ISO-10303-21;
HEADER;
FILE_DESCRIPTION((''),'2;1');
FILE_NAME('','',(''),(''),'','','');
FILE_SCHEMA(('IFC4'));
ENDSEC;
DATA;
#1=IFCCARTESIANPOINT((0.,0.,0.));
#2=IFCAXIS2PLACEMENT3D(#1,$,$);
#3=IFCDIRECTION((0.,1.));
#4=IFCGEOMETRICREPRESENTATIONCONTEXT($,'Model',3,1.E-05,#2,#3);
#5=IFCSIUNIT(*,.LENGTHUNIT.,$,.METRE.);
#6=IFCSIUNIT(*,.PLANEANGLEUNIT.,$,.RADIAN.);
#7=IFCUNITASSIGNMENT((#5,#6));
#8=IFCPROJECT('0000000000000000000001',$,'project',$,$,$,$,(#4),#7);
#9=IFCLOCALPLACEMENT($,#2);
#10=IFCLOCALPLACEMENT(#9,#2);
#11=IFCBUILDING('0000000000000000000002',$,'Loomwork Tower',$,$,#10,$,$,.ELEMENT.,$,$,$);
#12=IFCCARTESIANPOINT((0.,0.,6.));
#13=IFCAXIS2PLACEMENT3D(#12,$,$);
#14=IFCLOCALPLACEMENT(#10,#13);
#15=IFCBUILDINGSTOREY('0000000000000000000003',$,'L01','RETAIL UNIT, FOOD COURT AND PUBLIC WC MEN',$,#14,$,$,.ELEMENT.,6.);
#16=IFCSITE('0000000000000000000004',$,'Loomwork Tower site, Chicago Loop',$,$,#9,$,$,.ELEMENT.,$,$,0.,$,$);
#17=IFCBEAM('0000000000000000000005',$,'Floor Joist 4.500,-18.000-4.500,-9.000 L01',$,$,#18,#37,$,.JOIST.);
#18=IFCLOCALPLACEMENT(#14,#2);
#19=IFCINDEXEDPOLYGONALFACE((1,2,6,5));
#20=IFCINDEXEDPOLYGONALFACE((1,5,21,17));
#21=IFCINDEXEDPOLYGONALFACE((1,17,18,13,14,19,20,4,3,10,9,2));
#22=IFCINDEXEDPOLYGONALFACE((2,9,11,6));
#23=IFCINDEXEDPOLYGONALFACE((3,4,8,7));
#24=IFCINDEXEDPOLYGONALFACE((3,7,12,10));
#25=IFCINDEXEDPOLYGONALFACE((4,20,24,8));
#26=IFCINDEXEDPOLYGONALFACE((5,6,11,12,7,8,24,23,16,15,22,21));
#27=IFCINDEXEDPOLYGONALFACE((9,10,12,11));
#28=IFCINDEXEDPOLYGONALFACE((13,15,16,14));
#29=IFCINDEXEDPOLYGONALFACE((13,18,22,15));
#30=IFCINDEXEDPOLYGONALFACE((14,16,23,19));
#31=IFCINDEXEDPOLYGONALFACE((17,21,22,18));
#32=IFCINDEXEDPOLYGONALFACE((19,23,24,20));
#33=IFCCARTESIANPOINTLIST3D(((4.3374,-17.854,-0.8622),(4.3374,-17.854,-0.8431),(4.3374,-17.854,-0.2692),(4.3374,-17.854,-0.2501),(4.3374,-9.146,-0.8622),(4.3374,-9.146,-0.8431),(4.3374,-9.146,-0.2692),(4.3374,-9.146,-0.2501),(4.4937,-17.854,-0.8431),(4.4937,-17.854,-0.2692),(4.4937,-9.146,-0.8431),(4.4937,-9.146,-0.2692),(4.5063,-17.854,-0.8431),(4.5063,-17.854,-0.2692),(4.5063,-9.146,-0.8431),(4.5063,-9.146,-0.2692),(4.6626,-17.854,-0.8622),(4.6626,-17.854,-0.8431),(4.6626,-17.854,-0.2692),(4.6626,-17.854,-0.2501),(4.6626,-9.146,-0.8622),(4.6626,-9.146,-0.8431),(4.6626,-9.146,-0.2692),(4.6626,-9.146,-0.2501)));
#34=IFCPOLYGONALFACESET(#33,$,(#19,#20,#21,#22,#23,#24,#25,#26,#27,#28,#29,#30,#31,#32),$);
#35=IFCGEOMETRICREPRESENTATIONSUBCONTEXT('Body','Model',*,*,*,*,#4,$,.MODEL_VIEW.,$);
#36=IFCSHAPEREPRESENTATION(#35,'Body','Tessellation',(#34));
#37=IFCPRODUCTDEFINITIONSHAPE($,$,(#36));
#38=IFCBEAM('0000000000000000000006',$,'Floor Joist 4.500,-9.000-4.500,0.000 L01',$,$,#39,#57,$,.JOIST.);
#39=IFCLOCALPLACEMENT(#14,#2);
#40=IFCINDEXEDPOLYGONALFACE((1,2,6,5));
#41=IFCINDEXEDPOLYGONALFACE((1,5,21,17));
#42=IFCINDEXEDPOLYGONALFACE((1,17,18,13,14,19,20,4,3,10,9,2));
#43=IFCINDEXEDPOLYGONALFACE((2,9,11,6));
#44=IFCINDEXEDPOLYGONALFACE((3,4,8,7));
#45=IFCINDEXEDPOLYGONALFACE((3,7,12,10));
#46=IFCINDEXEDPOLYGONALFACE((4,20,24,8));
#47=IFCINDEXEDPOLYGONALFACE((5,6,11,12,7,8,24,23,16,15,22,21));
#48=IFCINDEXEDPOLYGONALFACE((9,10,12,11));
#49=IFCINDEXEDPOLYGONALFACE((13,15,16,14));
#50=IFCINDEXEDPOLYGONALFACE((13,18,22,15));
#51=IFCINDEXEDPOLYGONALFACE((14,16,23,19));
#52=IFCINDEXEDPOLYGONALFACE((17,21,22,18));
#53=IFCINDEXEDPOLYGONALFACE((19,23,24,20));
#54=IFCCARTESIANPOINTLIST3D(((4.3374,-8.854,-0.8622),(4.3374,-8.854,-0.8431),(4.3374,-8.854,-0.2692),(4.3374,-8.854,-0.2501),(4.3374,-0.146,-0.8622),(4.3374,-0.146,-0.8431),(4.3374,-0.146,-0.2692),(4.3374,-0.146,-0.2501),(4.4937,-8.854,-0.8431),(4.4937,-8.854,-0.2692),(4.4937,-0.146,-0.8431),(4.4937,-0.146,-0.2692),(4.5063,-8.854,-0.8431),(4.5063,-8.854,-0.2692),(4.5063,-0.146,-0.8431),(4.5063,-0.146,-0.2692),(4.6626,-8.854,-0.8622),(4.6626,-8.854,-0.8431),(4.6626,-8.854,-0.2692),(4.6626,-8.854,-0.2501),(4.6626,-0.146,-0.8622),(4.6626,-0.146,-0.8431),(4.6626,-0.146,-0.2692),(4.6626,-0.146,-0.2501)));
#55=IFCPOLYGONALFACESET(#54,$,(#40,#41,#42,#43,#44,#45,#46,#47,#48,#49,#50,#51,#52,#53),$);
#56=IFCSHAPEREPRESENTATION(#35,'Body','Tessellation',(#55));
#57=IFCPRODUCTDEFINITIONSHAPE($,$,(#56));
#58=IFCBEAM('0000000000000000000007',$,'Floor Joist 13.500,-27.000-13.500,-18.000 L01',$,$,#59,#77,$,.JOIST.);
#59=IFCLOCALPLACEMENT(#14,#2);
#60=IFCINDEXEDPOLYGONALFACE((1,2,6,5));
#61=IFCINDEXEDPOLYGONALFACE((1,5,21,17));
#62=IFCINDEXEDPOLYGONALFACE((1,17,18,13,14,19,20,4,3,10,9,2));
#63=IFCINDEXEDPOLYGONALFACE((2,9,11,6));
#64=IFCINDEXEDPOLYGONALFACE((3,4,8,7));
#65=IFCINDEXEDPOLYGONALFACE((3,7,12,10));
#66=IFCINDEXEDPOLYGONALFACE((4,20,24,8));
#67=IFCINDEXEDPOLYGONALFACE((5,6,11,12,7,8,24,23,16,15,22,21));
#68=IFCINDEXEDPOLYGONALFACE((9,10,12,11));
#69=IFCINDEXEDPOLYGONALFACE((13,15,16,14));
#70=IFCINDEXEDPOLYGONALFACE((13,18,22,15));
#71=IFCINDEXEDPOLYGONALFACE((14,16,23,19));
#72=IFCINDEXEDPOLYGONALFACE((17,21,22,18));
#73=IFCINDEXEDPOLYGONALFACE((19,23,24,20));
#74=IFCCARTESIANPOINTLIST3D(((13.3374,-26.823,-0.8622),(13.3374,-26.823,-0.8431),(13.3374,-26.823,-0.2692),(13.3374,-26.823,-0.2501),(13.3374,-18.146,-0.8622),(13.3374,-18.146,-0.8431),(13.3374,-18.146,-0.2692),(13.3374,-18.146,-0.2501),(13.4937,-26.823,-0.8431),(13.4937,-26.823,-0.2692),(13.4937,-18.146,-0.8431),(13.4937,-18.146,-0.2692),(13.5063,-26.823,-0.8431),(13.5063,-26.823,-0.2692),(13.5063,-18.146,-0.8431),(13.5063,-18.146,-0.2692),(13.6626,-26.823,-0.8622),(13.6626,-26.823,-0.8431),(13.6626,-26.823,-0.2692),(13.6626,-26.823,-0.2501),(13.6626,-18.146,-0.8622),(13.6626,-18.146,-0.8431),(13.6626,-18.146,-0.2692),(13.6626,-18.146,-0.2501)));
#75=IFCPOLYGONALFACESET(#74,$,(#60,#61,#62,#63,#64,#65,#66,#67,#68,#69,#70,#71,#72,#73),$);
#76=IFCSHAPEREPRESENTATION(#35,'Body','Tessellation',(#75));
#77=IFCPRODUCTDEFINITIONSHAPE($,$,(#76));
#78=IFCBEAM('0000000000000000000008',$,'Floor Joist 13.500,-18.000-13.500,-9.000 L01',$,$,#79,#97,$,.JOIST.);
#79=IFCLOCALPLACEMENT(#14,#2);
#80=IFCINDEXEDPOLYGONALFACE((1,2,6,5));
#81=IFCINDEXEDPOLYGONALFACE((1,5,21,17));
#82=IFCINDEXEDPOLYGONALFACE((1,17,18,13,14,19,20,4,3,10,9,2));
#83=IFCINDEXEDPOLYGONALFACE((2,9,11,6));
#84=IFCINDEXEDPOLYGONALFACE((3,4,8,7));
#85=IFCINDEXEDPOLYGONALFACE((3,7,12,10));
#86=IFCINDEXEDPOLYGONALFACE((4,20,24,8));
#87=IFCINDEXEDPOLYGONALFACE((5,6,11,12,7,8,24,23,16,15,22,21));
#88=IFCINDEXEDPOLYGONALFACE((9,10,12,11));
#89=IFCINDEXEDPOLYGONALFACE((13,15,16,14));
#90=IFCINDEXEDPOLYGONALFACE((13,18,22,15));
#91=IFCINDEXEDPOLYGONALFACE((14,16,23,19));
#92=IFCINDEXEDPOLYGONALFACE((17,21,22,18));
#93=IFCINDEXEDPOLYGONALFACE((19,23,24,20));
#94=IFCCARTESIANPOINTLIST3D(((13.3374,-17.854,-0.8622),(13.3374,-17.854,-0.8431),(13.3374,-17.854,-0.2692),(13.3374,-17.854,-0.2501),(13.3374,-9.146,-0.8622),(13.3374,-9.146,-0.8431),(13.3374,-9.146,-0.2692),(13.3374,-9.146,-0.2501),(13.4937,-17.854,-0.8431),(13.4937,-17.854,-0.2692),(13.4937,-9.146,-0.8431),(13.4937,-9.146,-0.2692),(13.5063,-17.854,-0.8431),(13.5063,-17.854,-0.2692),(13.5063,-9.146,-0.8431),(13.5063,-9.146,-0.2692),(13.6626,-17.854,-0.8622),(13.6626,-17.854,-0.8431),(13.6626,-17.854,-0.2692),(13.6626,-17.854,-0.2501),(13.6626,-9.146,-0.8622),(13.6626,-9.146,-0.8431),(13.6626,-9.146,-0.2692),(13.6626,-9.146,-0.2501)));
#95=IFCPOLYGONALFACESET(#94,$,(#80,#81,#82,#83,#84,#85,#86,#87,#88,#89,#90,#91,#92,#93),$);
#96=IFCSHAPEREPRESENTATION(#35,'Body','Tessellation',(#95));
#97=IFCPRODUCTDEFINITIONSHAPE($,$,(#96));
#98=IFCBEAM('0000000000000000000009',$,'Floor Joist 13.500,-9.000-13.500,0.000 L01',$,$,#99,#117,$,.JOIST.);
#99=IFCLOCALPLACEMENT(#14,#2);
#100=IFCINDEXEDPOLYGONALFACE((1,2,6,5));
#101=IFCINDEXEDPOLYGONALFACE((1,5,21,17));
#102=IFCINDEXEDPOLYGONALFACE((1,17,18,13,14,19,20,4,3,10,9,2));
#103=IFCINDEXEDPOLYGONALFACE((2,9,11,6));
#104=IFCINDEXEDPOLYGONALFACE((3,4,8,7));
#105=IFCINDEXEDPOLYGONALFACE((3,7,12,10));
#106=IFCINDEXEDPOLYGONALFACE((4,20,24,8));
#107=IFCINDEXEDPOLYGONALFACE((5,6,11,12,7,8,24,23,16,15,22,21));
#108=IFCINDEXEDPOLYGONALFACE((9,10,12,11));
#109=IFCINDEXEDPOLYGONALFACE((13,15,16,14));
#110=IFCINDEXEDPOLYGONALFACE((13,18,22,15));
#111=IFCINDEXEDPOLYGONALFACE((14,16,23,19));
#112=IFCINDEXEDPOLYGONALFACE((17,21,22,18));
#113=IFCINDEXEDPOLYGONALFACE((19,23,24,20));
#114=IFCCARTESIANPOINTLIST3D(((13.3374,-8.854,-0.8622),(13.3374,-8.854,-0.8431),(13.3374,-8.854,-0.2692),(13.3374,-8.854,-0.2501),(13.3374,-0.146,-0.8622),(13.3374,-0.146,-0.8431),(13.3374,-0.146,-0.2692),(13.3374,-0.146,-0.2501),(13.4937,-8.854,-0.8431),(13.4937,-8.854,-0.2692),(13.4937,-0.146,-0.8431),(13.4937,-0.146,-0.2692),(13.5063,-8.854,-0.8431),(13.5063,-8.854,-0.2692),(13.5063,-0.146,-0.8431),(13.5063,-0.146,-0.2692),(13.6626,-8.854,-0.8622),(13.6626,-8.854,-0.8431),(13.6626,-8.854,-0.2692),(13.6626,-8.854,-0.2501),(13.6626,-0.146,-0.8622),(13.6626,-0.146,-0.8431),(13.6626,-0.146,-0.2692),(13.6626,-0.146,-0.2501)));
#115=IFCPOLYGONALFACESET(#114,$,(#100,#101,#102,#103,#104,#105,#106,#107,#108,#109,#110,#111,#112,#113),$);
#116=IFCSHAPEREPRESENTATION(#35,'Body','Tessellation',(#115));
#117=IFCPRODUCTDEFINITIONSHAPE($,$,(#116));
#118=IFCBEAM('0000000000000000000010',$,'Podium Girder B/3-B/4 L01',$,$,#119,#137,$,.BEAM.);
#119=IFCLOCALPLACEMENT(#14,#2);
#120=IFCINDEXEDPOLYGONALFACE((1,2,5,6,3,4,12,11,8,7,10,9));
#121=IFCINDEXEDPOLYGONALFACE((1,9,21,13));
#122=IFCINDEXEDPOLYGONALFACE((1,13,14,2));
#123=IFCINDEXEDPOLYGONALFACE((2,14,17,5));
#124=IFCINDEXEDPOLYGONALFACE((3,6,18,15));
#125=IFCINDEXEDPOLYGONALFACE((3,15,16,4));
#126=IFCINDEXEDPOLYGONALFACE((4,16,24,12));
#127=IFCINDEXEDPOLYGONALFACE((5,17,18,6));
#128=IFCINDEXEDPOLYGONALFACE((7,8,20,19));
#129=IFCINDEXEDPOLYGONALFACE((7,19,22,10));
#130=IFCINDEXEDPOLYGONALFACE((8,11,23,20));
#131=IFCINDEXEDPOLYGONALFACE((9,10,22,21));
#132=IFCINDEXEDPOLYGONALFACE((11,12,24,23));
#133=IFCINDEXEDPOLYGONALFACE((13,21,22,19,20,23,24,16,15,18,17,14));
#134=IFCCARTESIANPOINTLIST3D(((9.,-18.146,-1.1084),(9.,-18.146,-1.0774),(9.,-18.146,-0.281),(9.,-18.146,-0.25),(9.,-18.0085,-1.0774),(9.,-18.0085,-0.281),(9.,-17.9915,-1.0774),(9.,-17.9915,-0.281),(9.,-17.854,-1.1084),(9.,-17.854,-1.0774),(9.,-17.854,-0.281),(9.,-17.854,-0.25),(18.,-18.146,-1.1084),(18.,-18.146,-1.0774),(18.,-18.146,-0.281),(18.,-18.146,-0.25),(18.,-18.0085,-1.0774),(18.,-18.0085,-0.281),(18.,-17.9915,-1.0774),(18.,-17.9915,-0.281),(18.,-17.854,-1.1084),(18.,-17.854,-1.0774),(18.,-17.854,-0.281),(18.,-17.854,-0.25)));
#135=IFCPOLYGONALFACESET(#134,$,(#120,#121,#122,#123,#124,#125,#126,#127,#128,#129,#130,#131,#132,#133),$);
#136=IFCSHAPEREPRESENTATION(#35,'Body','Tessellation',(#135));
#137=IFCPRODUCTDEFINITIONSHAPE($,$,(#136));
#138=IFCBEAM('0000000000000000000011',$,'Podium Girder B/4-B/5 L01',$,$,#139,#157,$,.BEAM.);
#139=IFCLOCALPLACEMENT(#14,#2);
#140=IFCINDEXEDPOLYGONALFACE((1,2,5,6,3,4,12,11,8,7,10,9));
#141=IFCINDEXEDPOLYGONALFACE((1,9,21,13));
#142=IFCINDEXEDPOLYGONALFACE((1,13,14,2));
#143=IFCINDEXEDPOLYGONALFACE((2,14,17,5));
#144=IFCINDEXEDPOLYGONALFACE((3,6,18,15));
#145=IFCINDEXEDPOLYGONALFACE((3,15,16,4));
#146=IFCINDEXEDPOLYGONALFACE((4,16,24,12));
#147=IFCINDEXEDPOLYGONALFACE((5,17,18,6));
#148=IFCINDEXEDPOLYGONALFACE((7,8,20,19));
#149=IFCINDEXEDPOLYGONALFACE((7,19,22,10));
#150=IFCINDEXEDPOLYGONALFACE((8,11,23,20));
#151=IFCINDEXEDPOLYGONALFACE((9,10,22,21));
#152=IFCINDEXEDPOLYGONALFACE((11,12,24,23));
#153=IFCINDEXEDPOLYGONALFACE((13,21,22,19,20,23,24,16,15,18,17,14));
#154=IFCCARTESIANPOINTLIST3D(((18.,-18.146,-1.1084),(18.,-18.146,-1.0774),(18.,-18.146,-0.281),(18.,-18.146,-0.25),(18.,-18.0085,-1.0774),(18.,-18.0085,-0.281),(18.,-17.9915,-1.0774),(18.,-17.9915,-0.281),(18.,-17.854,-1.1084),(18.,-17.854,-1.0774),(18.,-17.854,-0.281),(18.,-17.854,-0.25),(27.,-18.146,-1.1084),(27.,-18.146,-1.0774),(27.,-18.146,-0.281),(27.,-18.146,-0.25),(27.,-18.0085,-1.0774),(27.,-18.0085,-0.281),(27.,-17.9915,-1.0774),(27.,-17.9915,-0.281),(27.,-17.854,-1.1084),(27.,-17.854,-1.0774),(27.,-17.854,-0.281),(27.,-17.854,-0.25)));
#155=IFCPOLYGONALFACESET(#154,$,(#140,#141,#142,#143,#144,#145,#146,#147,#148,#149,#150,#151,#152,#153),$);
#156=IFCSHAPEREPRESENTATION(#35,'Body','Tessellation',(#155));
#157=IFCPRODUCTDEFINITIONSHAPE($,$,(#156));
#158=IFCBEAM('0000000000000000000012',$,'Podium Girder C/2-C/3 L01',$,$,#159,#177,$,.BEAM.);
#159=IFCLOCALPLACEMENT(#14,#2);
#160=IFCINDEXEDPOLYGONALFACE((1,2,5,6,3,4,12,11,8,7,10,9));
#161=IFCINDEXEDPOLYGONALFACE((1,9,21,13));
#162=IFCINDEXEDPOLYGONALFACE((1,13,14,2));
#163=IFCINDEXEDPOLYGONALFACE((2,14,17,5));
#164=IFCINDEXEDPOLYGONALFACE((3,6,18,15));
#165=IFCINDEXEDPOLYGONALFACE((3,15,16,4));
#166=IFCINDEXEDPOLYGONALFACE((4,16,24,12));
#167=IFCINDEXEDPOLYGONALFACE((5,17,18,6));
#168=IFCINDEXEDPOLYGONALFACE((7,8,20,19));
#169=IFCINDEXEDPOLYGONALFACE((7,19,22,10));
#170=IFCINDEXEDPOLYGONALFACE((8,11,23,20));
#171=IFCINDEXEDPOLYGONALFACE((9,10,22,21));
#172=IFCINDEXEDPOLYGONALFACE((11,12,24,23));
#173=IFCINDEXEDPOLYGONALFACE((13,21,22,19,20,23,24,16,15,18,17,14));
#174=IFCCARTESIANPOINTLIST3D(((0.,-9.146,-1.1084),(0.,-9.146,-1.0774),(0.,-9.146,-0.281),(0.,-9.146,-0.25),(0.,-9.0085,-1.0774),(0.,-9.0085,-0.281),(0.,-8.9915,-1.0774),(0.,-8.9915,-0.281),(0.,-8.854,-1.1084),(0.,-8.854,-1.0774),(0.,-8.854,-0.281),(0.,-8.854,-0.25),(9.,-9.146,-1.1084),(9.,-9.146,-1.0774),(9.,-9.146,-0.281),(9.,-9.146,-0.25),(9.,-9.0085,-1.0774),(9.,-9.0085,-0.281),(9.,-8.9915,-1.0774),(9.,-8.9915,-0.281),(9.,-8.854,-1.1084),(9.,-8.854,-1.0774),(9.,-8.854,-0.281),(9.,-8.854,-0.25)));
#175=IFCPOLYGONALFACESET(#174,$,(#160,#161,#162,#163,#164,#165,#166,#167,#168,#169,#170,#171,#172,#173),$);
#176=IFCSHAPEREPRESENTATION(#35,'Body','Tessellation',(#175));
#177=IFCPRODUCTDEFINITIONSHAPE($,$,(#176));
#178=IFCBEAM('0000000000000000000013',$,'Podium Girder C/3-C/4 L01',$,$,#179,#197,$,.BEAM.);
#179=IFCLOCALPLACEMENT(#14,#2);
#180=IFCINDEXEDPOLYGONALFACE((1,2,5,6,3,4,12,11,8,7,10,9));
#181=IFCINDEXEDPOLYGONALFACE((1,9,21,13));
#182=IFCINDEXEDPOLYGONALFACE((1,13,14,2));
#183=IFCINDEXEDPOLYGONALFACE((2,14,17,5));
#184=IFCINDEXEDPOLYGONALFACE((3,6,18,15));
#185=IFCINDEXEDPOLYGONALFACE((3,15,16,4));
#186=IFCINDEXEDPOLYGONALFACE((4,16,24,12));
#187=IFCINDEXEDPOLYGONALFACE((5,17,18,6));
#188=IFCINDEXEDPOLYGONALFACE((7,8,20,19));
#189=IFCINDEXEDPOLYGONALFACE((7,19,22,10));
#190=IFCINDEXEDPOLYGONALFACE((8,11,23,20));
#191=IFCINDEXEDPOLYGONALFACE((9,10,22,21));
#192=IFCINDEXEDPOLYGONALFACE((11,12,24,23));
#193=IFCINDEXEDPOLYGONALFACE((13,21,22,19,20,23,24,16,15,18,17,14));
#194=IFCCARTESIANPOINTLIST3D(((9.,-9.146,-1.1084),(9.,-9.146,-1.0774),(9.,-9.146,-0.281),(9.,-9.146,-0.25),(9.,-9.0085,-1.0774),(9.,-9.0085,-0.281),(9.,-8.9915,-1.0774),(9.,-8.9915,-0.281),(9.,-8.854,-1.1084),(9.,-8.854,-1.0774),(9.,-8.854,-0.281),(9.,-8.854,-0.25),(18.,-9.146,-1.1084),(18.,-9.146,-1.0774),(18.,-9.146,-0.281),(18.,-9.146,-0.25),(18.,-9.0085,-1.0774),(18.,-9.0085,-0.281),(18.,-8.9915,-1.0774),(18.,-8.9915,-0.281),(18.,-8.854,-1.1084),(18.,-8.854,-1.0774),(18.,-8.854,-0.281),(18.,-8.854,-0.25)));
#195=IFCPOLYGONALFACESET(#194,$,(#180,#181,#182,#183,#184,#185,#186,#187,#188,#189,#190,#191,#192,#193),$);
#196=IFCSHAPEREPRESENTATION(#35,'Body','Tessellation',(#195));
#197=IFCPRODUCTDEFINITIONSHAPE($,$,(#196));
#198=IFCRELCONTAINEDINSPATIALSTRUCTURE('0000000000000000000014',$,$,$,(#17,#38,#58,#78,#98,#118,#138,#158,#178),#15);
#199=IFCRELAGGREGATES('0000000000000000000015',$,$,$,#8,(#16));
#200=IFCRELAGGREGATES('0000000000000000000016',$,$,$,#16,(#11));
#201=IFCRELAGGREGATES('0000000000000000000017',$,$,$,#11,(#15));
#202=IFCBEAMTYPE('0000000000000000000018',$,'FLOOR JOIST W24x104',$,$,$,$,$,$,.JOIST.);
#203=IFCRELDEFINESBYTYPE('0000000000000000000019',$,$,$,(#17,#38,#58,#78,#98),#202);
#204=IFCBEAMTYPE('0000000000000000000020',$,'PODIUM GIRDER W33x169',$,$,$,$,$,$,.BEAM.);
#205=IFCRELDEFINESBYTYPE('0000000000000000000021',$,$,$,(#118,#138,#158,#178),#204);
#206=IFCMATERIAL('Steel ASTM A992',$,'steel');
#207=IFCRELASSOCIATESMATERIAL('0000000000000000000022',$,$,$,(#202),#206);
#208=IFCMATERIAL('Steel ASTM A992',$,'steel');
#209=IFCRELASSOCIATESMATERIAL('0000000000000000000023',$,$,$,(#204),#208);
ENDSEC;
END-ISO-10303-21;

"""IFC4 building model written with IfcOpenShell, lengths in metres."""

from ifc_helpers import new_model, si_unit, direction, frame, origin, origin_2d, place, context, subcontext, project, spatial, i_section, extrude, material, material_profile, profile_set, type_object, element, save


model = new_model("IFC4")

# Units and contexts
model_context = context("Model", 3, precision=1e-05, world=origin(), true_north=direction((0.0, 1.0)))
body_context = subcontext(model_context, "Body", "Model", "MODEL_VIEW")
ifc_project = project(units=[si_unit("LENGTHUNIT", "METRE"), si_unit("PLANEANGLEUNIT", "RADIAN")], contexts=[model_context])

# Site, building, storey
site_placement = place(None, origin())
site = spatial("IfcSite", under=ifc_project, at=site_placement, Name="Loomwork Tower site, Chicago Loop", CompositionType="ELEMENT", RefElevation=0.0)
building_placement = place(site_placement, origin())
building = spatial("IfcBuilding", under=site, at=building_placement, Name="Loomwork Tower", CompositionType="ELEMENT")
storey_placement = place(building_placement, frame((0.0, 0.0, 6.0)))
storey = spatial("IfcBuildingStorey", under=building, at=storey_placement, Name="L01", Description="RETAIL UNIT, FOOD COURT AND PUBLIC WC MEN", CompositionType="ELEMENT", Elevation=6.0)

# Beams
ifc_material_1 = material(Name="Steel ASTM A992", Category="steel")
ifc_material_profile_1 = material_profile(ifc_material_1, i_section(OverallWidth=0.3252, OverallDepth=0.6121, WebThickness=0.0127, FlangeThickness=0.019, at=origin_2d()), Name="W24x104")
ifc_profile_set_1 = profile_set([ifc_material_profile_1], Name="Steel ASTM A992")
beam_type_1 = type_object("IfcBeamType", Name="FLOOR JOIST W24x104", PredefinedType="JOIST", material=ifc_profile_set_1)
for number, where, z_axis, x_axis, name in (
    (1, (4.5, -17.854, -0.5562), (0.0, 1.0, 0.0), (-1.0, 0.0, 0.0), "Floor Joist 4.500,-18.000-4.500,-9.000 L01"),
    (2, (4.5, -8.854, -0.5562), (0.0, 1.0, 0.0), (-1.0, 0.0, 0.0), "Floor Joist 4.500,-9.000-4.500,0.000 L01"),
):
    element("IfcBeam", number, at=place(storey_placement, frame(where, z_axis=z_axis, x_axis=x_axis)), inside=storey, type_object=beam_type_1, Name=name, PredefinedType="JOIST", context=body_context, shape_type="SweptSolid", body=[
        extrude(i_section(OverallWidth=0.3252, OverallDepth=0.6121, WebThickness=0.0127, FlangeThickness=0.019, at=origin_2d()), origin(), (0.0, 0.0, 1.0), 8.708),
    ])
beam_1_placement = place(storey_placement, frame((13.5, -26.823, -0.5562), z_axis=(0.0, 1.0, 0.0), x_axis=(-1.0, 0.0, 0.0)))
element("IfcBeam", 3, at=beam_1_placement, inside=storey, type_object=beam_type_1, Name="Floor Joist 13.500,-27.000-13.500,-18.000 L01", PredefinedType="JOIST", context=body_context, shape_type="SweptSolid", body=[
    extrude(i_section(OverallWidth=0.3252, OverallDepth=0.6121, WebThickness=0.0127, FlangeThickness=0.019, at=origin_2d()), origin(), (0.0, 0.0, 1.0), 8.677),
])
for number, where, z_axis, x_axis, name in (
    (4, (13.5, -17.854, -0.5562), (0.0, 1.0, 0.0), (-1.0, 0.0, 0.0), "Floor Joist 13.500,-18.000-13.500,-9.000 L01"),
    (5, (13.5, -8.854, -0.5562), (0.0, 1.0, 0.0), (-1.0, 0.0, 0.0), "Floor Joist 13.500,-9.000-13.500,0.000 L01"),
):
    element("IfcBeam", number, at=place(storey_placement, frame(where, z_axis=z_axis, x_axis=x_axis)), inside=storey, type_object=beam_type_1, Name=name, PredefinedType="JOIST", context=body_context, shape_type="SweptSolid", body=[
        extrude(i_section(OverallWidth=0.3252, OverallDepth=0.6121, WebThickness=0.0127, FlangeThickness=0.019, at=origin_2d()), origin(), (0.0, 0.0, 1.0), 8.708),
    ])
ifc_material_2 = material(Name="Steel ASTM A992", Category="steel")
ifc_material_profile_2 = material_profile(ifc_material_2, i_section(OverallWidth=0.292, OverallDepth=0.8584, WebThickness=0.0171, FlangeThickness=0.031, at=origin_2d()), Name="W33x169")
ifc_profile_set_2 = profile_set([ifc_material_profile_2], Name="Steel ASTM A992")
beam_type_2 = type_object("IfcBeamType", Name="PODIUM GIRDER W33x169", PredefinedType="BEAM", material=ifc_profile_set_2)
for number, where, z_axis, x_axis, name in (
    (6, (9.0, -18.0, -0.6792), (1.0, 0.0, 0.0), (0.0, 1.0, 0.0), "Podium Girder B/3-B/4 L01"),
    (7, (18.0, -18.0, -0.6792), (1.0, 0.0, 0.0), (0.0, 1.0, 0.0), "Podium Girder B/4-B/5 L01"),
    (8, (0.0, -9.0, -0.6792), (1.0, 0.0, 0.0), (0.0, 1.0, 0.0), "Podium Girder C/2-C/3 L01"),
    (9, (9.0, -9.0, -0.6792), (1.0, 0.0, 0.0), (0.0, 1.0, 0.0), "Podium Girder C/3-C/4 L01"),
):
    element("IfcBeam", number, at=place(storey_placement, frame(where, z_axis=z_axis, x_axis=x_axis)), inside=storey, type_object=beam_type_2, Name=name, PredefinedType="BEAM", context=body_context, shape_type="SweptSolid", body=[
        extrude(i_section(OverallWidth=0.292, OverallDepth=0.8584, WebThickness=0.0171, FlangeThickness=0.031, at=origin_2d()), origin(), (0.0, 0.0, 1.0), 9.0),
    ])

save(model, "model.ifc")
